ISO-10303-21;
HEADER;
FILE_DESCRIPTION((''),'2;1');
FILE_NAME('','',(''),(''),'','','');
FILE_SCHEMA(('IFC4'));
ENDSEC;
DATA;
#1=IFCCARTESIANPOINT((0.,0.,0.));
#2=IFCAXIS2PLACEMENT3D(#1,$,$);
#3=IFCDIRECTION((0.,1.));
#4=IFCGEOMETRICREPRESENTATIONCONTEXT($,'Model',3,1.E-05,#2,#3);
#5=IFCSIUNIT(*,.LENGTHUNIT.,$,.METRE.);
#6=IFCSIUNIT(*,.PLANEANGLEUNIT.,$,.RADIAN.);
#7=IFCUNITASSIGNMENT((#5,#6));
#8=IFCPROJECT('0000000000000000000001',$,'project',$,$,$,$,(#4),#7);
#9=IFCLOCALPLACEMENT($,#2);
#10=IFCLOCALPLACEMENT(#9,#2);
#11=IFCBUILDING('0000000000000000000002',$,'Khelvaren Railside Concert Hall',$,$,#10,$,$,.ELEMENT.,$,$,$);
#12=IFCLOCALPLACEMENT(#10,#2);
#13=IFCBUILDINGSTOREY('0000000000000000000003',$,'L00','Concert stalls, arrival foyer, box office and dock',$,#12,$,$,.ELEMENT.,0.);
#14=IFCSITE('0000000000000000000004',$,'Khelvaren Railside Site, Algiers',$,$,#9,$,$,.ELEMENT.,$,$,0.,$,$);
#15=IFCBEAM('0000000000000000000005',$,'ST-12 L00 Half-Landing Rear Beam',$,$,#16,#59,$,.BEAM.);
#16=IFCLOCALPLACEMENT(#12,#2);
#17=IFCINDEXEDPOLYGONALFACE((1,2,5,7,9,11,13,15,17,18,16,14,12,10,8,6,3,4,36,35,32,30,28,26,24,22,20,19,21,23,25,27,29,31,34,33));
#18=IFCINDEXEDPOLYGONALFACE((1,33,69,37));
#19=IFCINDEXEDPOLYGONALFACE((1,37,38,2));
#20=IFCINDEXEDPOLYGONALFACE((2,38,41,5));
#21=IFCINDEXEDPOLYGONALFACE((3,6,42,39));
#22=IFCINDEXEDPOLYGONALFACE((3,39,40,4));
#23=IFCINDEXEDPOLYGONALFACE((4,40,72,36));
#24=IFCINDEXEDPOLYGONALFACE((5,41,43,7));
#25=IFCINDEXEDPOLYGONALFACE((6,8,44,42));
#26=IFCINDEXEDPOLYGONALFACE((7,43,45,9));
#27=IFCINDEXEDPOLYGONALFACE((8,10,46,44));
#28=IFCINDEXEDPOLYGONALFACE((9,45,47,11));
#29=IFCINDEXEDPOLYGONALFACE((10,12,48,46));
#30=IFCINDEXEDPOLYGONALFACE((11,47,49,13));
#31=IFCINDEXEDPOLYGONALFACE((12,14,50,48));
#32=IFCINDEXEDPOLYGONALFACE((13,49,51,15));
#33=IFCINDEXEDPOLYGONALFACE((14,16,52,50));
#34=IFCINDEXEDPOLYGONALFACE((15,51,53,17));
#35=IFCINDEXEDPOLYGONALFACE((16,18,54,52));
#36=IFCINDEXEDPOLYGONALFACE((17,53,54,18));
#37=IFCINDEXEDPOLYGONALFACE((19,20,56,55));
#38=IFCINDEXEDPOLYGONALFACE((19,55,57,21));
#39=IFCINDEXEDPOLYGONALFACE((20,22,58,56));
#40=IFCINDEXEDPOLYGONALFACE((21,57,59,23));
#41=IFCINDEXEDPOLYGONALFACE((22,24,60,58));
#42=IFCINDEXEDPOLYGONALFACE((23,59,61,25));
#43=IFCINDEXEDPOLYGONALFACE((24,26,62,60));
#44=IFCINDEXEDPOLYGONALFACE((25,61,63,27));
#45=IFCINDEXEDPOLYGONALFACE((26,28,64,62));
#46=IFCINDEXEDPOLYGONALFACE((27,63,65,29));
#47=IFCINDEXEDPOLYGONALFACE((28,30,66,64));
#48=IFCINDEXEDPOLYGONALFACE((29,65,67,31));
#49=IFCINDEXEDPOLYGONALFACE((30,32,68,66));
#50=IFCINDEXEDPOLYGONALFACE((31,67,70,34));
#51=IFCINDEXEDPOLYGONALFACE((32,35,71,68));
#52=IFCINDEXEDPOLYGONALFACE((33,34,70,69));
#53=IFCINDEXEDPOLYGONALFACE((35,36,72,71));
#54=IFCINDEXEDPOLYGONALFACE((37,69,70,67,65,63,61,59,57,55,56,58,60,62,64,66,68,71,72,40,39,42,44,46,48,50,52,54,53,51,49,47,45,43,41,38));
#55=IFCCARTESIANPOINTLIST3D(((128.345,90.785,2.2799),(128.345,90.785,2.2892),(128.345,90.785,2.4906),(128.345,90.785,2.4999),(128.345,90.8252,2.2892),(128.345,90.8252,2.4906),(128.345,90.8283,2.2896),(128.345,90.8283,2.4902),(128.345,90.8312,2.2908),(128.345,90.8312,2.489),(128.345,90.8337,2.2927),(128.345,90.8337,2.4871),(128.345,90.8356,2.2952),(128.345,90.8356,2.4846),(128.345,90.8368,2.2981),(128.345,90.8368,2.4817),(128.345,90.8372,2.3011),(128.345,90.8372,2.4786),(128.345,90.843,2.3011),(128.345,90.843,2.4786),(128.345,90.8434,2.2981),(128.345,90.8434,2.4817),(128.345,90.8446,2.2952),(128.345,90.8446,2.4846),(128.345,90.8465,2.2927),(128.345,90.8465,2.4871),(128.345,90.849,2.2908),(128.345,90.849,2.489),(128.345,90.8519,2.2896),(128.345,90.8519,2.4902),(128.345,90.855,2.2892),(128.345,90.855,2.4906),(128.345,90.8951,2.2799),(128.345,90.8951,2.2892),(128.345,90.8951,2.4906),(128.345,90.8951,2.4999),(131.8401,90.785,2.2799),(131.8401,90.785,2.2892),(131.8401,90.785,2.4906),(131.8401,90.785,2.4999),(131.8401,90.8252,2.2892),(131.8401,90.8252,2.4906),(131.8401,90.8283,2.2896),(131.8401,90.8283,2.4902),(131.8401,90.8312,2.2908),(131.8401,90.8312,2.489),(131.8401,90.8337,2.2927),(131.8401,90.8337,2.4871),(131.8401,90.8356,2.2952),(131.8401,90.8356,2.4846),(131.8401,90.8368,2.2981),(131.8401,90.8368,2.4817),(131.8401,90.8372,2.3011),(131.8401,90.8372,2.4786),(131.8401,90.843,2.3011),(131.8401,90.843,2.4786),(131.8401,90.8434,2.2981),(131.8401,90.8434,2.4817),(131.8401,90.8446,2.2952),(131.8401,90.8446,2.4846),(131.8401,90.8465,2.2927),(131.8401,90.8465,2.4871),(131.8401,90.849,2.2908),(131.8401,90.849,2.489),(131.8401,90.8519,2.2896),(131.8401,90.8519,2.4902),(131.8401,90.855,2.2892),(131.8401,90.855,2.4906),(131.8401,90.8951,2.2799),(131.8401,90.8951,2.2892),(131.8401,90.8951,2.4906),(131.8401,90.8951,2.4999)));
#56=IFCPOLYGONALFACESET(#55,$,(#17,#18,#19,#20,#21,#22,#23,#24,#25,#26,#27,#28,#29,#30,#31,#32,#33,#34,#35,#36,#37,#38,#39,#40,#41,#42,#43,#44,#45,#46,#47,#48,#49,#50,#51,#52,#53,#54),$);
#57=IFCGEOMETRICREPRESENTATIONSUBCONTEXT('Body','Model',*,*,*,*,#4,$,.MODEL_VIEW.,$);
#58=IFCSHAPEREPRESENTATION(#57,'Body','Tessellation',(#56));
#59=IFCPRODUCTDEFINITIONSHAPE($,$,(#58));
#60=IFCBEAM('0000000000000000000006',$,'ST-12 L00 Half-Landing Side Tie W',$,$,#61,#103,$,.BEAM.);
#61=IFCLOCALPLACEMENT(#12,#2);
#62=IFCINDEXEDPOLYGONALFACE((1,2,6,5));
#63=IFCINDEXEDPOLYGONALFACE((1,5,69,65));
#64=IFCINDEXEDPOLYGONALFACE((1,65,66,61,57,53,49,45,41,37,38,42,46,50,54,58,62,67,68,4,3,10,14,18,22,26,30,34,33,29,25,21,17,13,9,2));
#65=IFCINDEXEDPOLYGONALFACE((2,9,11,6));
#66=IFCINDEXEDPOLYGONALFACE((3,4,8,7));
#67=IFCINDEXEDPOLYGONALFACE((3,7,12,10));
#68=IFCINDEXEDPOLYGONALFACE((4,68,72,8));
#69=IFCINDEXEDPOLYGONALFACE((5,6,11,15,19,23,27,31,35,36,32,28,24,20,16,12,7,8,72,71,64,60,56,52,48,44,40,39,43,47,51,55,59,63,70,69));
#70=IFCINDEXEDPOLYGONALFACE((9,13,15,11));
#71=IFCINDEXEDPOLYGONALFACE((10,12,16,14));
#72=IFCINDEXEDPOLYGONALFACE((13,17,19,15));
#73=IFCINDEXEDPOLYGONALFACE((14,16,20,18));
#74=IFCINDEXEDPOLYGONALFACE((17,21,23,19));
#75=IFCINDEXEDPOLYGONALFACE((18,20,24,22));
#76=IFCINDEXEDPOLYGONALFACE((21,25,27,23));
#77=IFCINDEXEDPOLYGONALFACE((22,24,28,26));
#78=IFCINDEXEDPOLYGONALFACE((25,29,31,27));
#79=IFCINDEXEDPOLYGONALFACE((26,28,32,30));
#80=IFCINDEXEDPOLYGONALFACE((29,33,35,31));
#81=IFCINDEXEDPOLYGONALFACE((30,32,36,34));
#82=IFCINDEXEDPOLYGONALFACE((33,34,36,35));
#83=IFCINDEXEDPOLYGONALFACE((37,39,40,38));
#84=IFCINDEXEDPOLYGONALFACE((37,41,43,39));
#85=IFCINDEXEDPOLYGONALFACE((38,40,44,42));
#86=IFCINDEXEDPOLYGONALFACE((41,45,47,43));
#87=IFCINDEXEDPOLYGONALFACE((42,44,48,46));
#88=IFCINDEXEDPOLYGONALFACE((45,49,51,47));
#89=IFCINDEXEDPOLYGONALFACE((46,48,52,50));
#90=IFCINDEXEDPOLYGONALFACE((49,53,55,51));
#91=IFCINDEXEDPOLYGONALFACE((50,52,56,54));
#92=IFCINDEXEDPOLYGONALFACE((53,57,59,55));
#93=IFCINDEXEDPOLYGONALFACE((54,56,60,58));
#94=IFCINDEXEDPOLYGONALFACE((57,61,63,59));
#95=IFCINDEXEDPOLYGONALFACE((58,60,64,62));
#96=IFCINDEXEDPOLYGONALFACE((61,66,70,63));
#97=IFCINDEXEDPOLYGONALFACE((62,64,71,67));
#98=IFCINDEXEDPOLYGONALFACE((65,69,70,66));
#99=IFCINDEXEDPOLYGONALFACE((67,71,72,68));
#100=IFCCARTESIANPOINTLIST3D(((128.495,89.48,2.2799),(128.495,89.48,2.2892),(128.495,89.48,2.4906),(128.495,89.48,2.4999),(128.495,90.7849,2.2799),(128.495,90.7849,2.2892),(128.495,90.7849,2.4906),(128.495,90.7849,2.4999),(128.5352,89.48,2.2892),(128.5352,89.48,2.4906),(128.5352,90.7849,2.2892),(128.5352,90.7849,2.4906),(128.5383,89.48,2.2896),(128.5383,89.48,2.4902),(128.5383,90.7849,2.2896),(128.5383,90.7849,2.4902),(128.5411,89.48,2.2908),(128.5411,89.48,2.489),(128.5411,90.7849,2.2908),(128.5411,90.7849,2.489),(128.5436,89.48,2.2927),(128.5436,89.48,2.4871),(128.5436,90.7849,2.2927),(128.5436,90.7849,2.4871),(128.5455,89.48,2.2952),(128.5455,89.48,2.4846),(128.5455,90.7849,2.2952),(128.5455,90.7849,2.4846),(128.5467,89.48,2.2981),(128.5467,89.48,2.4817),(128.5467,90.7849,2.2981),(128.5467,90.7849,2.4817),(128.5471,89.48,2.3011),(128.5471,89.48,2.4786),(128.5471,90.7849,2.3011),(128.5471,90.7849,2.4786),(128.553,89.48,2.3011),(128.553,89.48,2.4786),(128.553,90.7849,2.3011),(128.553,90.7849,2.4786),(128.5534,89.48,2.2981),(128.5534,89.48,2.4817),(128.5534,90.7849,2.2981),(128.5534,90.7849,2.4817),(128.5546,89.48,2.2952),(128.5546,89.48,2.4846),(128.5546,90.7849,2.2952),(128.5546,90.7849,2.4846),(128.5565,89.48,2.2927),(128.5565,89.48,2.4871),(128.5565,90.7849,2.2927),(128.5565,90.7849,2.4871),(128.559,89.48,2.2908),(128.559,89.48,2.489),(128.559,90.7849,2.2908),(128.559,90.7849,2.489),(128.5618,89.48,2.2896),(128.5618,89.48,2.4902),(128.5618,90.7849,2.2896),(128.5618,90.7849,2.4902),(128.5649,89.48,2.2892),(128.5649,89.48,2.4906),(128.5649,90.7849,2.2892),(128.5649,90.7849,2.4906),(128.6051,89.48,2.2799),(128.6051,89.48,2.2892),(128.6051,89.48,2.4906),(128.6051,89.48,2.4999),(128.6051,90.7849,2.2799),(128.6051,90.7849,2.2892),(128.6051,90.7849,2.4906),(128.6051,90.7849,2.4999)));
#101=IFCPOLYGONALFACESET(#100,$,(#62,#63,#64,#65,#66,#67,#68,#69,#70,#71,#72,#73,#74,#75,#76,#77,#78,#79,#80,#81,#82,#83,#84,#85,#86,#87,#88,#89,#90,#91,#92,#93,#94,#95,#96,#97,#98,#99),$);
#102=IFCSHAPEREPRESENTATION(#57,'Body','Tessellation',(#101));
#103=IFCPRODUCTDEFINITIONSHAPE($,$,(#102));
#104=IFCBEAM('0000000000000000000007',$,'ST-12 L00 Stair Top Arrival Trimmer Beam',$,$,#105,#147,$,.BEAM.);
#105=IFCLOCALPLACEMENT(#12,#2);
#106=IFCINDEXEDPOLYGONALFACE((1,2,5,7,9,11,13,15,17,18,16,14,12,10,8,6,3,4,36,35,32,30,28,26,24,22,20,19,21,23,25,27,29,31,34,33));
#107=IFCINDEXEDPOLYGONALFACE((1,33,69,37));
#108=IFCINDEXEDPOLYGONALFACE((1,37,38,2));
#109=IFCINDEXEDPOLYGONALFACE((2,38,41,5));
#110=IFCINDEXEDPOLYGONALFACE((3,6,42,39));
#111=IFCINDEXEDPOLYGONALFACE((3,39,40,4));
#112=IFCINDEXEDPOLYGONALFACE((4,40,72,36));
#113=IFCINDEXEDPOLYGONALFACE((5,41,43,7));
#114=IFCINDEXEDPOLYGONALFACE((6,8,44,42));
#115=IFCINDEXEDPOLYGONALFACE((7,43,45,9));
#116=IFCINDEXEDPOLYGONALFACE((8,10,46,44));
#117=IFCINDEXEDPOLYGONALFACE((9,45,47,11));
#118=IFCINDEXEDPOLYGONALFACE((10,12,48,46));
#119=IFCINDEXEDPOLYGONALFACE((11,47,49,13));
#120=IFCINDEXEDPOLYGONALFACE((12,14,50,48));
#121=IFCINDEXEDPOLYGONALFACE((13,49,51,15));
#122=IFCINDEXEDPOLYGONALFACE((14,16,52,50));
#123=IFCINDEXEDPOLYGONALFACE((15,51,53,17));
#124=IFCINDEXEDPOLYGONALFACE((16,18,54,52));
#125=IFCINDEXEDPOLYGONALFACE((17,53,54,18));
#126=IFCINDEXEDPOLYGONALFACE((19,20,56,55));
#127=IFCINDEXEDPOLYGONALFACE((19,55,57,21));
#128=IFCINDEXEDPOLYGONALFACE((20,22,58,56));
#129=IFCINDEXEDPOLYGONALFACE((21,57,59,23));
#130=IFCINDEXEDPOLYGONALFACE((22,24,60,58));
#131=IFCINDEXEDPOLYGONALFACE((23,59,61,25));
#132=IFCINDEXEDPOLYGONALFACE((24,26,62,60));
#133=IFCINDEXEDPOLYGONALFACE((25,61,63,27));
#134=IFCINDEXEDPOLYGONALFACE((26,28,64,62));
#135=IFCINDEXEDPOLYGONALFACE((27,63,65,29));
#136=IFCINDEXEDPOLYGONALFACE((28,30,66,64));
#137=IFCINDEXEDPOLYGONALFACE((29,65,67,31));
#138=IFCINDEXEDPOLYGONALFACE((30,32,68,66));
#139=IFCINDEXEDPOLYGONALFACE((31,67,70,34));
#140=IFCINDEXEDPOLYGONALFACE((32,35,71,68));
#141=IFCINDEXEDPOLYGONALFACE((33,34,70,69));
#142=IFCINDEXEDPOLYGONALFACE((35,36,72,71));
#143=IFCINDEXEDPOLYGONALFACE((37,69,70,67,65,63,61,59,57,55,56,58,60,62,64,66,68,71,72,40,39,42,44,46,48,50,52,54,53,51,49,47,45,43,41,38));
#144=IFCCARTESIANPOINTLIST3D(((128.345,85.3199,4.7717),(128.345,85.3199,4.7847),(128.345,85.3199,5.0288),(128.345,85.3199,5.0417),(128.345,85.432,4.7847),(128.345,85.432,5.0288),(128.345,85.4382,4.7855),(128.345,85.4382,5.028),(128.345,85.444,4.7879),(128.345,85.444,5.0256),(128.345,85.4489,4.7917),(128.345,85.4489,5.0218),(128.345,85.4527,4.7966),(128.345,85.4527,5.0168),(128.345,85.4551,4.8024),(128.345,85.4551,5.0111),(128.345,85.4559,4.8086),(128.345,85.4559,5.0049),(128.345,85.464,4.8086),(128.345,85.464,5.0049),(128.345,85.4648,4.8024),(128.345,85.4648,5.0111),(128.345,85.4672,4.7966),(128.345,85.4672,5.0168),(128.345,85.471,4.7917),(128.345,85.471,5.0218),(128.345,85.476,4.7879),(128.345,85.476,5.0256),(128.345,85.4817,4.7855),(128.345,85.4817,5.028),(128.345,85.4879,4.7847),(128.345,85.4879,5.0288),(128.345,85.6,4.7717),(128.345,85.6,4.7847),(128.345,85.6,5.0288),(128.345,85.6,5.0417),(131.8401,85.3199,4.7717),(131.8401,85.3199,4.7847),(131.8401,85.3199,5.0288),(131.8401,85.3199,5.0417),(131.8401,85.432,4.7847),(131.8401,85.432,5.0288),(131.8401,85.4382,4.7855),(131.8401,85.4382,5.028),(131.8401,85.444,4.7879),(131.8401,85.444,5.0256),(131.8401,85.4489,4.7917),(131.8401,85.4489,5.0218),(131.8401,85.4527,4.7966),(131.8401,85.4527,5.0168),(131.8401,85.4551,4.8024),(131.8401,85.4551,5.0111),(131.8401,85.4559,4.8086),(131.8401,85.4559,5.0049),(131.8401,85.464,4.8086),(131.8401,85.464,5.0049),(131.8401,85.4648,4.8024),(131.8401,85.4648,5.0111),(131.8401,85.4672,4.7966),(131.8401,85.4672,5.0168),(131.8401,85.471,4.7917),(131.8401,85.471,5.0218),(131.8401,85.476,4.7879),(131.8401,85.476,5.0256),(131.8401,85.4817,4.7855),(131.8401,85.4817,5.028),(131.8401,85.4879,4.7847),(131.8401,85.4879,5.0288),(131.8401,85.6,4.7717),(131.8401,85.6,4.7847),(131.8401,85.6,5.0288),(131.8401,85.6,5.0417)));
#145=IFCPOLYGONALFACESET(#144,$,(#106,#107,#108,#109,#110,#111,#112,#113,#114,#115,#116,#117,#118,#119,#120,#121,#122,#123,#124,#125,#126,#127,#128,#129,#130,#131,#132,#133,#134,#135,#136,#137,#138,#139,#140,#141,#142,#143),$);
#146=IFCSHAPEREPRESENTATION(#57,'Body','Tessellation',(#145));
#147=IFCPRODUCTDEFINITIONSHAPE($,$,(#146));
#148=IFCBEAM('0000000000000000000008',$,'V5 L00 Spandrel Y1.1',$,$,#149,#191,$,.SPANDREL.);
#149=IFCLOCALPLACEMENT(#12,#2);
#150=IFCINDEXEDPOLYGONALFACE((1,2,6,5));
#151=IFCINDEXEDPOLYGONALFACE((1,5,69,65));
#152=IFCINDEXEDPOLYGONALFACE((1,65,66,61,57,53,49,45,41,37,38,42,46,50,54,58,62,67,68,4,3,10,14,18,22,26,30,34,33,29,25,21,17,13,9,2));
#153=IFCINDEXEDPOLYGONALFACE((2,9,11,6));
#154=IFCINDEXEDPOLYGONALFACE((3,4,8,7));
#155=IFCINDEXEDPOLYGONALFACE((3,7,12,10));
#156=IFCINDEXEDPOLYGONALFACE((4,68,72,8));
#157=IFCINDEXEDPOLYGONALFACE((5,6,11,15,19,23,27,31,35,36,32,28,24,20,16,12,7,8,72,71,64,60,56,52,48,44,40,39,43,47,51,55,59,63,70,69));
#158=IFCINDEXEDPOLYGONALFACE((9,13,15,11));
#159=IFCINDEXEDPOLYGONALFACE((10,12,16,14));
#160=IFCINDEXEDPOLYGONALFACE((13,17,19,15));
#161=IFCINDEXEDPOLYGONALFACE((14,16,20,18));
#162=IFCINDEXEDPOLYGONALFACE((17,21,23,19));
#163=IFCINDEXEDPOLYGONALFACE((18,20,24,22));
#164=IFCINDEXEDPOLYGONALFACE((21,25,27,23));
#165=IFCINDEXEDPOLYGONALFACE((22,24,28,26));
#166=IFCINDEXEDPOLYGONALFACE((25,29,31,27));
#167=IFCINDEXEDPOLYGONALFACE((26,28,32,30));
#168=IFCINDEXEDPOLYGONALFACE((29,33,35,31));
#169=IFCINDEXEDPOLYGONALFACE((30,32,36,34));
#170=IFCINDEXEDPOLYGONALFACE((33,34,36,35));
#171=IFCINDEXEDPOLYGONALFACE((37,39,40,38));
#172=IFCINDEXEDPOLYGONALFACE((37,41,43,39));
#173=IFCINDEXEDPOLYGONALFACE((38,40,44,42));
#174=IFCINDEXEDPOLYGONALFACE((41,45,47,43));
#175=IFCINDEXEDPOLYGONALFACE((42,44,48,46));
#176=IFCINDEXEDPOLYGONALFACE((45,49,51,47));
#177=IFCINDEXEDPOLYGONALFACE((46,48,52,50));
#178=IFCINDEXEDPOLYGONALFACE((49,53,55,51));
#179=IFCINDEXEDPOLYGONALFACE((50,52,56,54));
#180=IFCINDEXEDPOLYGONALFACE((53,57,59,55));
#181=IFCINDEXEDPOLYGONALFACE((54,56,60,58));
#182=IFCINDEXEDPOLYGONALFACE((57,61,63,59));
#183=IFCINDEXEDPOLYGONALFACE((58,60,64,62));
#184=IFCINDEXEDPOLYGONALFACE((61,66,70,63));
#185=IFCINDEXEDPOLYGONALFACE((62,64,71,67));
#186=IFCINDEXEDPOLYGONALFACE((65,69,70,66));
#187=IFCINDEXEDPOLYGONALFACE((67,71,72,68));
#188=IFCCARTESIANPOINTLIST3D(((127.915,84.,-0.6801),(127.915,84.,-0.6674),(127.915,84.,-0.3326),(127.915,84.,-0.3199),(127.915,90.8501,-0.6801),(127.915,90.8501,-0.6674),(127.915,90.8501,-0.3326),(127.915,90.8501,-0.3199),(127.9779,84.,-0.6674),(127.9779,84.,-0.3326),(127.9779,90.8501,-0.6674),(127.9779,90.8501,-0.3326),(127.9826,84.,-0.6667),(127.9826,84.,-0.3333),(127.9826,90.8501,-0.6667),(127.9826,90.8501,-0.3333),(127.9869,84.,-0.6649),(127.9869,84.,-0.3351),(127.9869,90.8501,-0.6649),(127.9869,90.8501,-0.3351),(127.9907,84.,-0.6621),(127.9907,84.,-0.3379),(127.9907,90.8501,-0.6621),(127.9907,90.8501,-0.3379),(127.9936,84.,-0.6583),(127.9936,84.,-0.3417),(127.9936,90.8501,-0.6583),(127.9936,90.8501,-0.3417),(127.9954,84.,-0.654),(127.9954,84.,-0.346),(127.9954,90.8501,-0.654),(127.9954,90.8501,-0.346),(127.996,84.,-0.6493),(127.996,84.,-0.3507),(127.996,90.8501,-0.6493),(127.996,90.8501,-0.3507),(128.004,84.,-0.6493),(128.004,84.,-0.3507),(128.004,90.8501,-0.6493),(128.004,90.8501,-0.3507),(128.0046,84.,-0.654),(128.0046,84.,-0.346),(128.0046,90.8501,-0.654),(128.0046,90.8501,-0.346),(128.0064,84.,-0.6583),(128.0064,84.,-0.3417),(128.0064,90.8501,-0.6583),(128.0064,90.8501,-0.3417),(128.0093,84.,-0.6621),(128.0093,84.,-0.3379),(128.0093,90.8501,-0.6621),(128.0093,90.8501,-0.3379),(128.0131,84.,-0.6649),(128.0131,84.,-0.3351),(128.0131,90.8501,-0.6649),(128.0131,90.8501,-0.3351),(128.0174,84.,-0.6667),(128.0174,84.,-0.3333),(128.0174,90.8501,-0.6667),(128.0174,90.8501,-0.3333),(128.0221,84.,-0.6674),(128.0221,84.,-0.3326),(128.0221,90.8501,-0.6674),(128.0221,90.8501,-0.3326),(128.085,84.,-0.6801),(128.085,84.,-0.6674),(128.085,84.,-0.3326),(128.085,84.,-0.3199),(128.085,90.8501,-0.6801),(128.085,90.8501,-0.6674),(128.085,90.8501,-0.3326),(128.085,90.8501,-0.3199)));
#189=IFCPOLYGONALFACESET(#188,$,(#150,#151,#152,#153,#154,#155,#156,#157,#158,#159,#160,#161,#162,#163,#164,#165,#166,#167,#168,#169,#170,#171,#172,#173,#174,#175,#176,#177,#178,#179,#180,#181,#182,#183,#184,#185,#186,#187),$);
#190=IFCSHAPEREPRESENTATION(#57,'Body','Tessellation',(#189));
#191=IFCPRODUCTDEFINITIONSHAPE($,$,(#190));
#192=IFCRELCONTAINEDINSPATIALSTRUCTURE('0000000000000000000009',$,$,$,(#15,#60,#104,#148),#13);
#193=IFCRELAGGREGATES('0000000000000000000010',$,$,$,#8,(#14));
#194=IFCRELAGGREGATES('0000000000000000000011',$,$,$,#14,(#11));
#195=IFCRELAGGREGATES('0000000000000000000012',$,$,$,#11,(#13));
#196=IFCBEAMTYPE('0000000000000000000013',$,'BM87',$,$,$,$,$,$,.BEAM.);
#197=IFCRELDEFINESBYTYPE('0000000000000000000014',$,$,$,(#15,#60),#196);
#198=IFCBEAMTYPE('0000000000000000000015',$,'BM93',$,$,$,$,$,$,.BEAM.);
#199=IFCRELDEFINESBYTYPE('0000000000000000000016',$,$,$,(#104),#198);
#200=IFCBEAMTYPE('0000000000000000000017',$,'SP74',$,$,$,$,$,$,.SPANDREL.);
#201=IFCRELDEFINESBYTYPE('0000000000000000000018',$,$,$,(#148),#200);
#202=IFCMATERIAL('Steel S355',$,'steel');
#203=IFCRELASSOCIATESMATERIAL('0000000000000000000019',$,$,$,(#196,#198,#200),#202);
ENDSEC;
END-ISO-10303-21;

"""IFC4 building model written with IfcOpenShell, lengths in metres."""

from ifc_helpers import new_model, si_unit, direction, frame, origin, origin_2d, place, context, subcontext, project, spatial, i_section, extrude, material, material_profile, profile_set, type_object, element, save


model = new_model("IFC4")

# Units and contexts
model_context = context("Model", 3, precision=1e-05, world=origin(), true_north=direction((0.0, 1.0)))
body_context = subcontext(model_context, "Body", "Model", "MODEL_VIEW")
ifc_project = project(units=[si_unit("LENGTHUNIT", "METRE"), si_unit("PLANEANGLEUNIT", "RADIAN")], contexts=[model_context])

# Site, building, storey
site_placement = place(None, origin())
site = spatial("IfcSite", under=ifc_project, at=site_placement, Name="Khelvaren Railside Site, Algiers", CompositionType="ELEMENT", RefElevation=0.0)
building_placement = place(site_placement, origin())
building = spatial("IfcBuilding", under=site, at=building_placement, Name="Khelvaren Railside Concert Hall", CompositionType="ELEMENT")
storey_placement = place(building_placement, origin())
storey = spatial("IfcBuildingStorey", under=building, at=storey_placement, Name="L00", Description="Concert stalls, arrival foyer, box office and dock", CompositionType="ELEMENT", Elevation=0.0)

# Beams
ifc_material_1 = material(Name="Steel S355", Category="steel")
ifc_material_profile_1 = material_profile(ifc_material_1, i_section(OverallWidth=0.1101, OverallDepth=0.22, WebThickness=0.0059, FlangeThickness=0.0093, FilletRadius=0.012, at=origin_2d()), Name="IPE 220")
ifc_profile_set_1 = profile_set([ifc_material_profile_1], Name="Steel S355")
beam_type_1 = type_object("IfcBeamType", Name="BM87", PredefinedType="BEAM", material=ifc_profile_set_1)
for number, where, z_axis, x_axis, name in (
    (1, (128.345, 90.8401, 2.3899), (1.0, 0.0, 0.0), (0.0, 1.0, 0.0), "ST-12 L00 Half-Landing Rear Beam"),
):
    element("IfcBeam", number, at=place(storey_placement, frame(where, z_axis=z_axis, x_axis=x_axis)), inside=storey, type_object=beam_type_1, Name=name, PredefinedType="BEAM", context=body_context, shape_type="SweptSolid", body=[
        extrude(i_section(OverallWidth=0.1101, OverallDepth=0.22, WebThickness=0.0059, FlangeThickness=0.0093, FilletRadius=0.012, at=origin_2d()), origin(), (0.0, 0.0, 1.0), 3.4951),
    ])
beam_1_placement = place(storey_placement, frame((128.55, 89.48, 2.3899), z_axis=(0.0, 1.0, 0.0), x_axis=(-1.0, 0.0, 0.0)))
element("IfcBeam", 2, at=beam_1_placement, inside=storey, type_object=beam_type_1, Name="ST-12 L00 Half-Landing Side Tie W", PredefinedType="BEAM", context=body_context, shape_type="SweptSolid", body=[
    extrude(i_section(OverallWidth=0.1101, OverallDepth=0.22, WebThickness=0.0059, FlangeThickness=0.0093, FilletRadius=0.012, at=origin_2d()), origin(), (0.0, 0.0, 1.0), 1.3049),
])
ifc_material_profile_2 = material_profile(ifc_material_1, i_section(OverallWidth=0.28, OverallDepth=0.27, WebThickness=0.0081, FlangeThickness=0.0129, FilletRadius=0.0239, at=origin_2d()), Name="HEA 280")
ifc_profile_set_2 = profile_set([ifc_material_profile_2], Name="Steel S355")
beam_type_2 = type_object("IfcBeamType", Name="BM93", PredefinedType="BEAM", material=ifc_profile_set_2)
beam_2_placement = place(storey_placement, frame((128.345, 85.46, 4.9067), z_axis=(1.0, 0.0, 0.0), x_axis=(0.0, 1.0, 0.0)))
element("IfcBeam", 3, at=beam_2_placement, inside=storey, type_object=beam_type_2, Name="ST-12 L00 Stair Top Arrival Trimmer Beam", PredefinedType="BEAM", context=body_context, shape_type="SweptSolid", body=[
    extrude(i_section(OverallWidth=0.28, OverallDepth=0.27, WebThickness=0.0081, FlangeThickness=0.0129, FilletRadius=0.0239, at=origin_2d()), origin(), (0.0, 0.0, 1.0), 3.4951),
])
ifc_material_profile_3 = material_profile(ifc_material_1, i_section(OverallWidth=0.1699, OverallDepth=0.3601, WebThickness=0.0081, FlangeThickness=0.0127, FilletRadius=0.0181, at=origin_2d()), Name="IPE 360")
ifc_profile_set_3 = profile_set([ifc_material_profile_3], Name="Steel S355")
beam_type_3 = type_object("IfcBeamType", Name="SP74", PredefinedType="SPANDREL", material=ifc_profile_set_3)
beam_3_placement = place(storey_placement, frame((128.0, 84.0, -0.5), z_axis=(0.0, 1.0, 0.0), x_axis=(-1.0, 0.0, 0.0)))
element("IfcBeam", 4, at=beam_3_placement, inside=storey, type_object=beam_type_3, Name="V5 L00 Spandrel Y1.1", PredefinedType="SPANDREL", context=body_context, shape_type="SweptSolid", body=[
    extrude(i_section(OverallWidth=0.1699, OverallDepth=0.3601, WebThickness=0.0081, FlangeThickness=0.0127, FilletRadius=0.0181, at=origin_2d()), origin(), (0.0, 0.0, 1.0), 6.8501),
])

save(model, "model.ifc")
